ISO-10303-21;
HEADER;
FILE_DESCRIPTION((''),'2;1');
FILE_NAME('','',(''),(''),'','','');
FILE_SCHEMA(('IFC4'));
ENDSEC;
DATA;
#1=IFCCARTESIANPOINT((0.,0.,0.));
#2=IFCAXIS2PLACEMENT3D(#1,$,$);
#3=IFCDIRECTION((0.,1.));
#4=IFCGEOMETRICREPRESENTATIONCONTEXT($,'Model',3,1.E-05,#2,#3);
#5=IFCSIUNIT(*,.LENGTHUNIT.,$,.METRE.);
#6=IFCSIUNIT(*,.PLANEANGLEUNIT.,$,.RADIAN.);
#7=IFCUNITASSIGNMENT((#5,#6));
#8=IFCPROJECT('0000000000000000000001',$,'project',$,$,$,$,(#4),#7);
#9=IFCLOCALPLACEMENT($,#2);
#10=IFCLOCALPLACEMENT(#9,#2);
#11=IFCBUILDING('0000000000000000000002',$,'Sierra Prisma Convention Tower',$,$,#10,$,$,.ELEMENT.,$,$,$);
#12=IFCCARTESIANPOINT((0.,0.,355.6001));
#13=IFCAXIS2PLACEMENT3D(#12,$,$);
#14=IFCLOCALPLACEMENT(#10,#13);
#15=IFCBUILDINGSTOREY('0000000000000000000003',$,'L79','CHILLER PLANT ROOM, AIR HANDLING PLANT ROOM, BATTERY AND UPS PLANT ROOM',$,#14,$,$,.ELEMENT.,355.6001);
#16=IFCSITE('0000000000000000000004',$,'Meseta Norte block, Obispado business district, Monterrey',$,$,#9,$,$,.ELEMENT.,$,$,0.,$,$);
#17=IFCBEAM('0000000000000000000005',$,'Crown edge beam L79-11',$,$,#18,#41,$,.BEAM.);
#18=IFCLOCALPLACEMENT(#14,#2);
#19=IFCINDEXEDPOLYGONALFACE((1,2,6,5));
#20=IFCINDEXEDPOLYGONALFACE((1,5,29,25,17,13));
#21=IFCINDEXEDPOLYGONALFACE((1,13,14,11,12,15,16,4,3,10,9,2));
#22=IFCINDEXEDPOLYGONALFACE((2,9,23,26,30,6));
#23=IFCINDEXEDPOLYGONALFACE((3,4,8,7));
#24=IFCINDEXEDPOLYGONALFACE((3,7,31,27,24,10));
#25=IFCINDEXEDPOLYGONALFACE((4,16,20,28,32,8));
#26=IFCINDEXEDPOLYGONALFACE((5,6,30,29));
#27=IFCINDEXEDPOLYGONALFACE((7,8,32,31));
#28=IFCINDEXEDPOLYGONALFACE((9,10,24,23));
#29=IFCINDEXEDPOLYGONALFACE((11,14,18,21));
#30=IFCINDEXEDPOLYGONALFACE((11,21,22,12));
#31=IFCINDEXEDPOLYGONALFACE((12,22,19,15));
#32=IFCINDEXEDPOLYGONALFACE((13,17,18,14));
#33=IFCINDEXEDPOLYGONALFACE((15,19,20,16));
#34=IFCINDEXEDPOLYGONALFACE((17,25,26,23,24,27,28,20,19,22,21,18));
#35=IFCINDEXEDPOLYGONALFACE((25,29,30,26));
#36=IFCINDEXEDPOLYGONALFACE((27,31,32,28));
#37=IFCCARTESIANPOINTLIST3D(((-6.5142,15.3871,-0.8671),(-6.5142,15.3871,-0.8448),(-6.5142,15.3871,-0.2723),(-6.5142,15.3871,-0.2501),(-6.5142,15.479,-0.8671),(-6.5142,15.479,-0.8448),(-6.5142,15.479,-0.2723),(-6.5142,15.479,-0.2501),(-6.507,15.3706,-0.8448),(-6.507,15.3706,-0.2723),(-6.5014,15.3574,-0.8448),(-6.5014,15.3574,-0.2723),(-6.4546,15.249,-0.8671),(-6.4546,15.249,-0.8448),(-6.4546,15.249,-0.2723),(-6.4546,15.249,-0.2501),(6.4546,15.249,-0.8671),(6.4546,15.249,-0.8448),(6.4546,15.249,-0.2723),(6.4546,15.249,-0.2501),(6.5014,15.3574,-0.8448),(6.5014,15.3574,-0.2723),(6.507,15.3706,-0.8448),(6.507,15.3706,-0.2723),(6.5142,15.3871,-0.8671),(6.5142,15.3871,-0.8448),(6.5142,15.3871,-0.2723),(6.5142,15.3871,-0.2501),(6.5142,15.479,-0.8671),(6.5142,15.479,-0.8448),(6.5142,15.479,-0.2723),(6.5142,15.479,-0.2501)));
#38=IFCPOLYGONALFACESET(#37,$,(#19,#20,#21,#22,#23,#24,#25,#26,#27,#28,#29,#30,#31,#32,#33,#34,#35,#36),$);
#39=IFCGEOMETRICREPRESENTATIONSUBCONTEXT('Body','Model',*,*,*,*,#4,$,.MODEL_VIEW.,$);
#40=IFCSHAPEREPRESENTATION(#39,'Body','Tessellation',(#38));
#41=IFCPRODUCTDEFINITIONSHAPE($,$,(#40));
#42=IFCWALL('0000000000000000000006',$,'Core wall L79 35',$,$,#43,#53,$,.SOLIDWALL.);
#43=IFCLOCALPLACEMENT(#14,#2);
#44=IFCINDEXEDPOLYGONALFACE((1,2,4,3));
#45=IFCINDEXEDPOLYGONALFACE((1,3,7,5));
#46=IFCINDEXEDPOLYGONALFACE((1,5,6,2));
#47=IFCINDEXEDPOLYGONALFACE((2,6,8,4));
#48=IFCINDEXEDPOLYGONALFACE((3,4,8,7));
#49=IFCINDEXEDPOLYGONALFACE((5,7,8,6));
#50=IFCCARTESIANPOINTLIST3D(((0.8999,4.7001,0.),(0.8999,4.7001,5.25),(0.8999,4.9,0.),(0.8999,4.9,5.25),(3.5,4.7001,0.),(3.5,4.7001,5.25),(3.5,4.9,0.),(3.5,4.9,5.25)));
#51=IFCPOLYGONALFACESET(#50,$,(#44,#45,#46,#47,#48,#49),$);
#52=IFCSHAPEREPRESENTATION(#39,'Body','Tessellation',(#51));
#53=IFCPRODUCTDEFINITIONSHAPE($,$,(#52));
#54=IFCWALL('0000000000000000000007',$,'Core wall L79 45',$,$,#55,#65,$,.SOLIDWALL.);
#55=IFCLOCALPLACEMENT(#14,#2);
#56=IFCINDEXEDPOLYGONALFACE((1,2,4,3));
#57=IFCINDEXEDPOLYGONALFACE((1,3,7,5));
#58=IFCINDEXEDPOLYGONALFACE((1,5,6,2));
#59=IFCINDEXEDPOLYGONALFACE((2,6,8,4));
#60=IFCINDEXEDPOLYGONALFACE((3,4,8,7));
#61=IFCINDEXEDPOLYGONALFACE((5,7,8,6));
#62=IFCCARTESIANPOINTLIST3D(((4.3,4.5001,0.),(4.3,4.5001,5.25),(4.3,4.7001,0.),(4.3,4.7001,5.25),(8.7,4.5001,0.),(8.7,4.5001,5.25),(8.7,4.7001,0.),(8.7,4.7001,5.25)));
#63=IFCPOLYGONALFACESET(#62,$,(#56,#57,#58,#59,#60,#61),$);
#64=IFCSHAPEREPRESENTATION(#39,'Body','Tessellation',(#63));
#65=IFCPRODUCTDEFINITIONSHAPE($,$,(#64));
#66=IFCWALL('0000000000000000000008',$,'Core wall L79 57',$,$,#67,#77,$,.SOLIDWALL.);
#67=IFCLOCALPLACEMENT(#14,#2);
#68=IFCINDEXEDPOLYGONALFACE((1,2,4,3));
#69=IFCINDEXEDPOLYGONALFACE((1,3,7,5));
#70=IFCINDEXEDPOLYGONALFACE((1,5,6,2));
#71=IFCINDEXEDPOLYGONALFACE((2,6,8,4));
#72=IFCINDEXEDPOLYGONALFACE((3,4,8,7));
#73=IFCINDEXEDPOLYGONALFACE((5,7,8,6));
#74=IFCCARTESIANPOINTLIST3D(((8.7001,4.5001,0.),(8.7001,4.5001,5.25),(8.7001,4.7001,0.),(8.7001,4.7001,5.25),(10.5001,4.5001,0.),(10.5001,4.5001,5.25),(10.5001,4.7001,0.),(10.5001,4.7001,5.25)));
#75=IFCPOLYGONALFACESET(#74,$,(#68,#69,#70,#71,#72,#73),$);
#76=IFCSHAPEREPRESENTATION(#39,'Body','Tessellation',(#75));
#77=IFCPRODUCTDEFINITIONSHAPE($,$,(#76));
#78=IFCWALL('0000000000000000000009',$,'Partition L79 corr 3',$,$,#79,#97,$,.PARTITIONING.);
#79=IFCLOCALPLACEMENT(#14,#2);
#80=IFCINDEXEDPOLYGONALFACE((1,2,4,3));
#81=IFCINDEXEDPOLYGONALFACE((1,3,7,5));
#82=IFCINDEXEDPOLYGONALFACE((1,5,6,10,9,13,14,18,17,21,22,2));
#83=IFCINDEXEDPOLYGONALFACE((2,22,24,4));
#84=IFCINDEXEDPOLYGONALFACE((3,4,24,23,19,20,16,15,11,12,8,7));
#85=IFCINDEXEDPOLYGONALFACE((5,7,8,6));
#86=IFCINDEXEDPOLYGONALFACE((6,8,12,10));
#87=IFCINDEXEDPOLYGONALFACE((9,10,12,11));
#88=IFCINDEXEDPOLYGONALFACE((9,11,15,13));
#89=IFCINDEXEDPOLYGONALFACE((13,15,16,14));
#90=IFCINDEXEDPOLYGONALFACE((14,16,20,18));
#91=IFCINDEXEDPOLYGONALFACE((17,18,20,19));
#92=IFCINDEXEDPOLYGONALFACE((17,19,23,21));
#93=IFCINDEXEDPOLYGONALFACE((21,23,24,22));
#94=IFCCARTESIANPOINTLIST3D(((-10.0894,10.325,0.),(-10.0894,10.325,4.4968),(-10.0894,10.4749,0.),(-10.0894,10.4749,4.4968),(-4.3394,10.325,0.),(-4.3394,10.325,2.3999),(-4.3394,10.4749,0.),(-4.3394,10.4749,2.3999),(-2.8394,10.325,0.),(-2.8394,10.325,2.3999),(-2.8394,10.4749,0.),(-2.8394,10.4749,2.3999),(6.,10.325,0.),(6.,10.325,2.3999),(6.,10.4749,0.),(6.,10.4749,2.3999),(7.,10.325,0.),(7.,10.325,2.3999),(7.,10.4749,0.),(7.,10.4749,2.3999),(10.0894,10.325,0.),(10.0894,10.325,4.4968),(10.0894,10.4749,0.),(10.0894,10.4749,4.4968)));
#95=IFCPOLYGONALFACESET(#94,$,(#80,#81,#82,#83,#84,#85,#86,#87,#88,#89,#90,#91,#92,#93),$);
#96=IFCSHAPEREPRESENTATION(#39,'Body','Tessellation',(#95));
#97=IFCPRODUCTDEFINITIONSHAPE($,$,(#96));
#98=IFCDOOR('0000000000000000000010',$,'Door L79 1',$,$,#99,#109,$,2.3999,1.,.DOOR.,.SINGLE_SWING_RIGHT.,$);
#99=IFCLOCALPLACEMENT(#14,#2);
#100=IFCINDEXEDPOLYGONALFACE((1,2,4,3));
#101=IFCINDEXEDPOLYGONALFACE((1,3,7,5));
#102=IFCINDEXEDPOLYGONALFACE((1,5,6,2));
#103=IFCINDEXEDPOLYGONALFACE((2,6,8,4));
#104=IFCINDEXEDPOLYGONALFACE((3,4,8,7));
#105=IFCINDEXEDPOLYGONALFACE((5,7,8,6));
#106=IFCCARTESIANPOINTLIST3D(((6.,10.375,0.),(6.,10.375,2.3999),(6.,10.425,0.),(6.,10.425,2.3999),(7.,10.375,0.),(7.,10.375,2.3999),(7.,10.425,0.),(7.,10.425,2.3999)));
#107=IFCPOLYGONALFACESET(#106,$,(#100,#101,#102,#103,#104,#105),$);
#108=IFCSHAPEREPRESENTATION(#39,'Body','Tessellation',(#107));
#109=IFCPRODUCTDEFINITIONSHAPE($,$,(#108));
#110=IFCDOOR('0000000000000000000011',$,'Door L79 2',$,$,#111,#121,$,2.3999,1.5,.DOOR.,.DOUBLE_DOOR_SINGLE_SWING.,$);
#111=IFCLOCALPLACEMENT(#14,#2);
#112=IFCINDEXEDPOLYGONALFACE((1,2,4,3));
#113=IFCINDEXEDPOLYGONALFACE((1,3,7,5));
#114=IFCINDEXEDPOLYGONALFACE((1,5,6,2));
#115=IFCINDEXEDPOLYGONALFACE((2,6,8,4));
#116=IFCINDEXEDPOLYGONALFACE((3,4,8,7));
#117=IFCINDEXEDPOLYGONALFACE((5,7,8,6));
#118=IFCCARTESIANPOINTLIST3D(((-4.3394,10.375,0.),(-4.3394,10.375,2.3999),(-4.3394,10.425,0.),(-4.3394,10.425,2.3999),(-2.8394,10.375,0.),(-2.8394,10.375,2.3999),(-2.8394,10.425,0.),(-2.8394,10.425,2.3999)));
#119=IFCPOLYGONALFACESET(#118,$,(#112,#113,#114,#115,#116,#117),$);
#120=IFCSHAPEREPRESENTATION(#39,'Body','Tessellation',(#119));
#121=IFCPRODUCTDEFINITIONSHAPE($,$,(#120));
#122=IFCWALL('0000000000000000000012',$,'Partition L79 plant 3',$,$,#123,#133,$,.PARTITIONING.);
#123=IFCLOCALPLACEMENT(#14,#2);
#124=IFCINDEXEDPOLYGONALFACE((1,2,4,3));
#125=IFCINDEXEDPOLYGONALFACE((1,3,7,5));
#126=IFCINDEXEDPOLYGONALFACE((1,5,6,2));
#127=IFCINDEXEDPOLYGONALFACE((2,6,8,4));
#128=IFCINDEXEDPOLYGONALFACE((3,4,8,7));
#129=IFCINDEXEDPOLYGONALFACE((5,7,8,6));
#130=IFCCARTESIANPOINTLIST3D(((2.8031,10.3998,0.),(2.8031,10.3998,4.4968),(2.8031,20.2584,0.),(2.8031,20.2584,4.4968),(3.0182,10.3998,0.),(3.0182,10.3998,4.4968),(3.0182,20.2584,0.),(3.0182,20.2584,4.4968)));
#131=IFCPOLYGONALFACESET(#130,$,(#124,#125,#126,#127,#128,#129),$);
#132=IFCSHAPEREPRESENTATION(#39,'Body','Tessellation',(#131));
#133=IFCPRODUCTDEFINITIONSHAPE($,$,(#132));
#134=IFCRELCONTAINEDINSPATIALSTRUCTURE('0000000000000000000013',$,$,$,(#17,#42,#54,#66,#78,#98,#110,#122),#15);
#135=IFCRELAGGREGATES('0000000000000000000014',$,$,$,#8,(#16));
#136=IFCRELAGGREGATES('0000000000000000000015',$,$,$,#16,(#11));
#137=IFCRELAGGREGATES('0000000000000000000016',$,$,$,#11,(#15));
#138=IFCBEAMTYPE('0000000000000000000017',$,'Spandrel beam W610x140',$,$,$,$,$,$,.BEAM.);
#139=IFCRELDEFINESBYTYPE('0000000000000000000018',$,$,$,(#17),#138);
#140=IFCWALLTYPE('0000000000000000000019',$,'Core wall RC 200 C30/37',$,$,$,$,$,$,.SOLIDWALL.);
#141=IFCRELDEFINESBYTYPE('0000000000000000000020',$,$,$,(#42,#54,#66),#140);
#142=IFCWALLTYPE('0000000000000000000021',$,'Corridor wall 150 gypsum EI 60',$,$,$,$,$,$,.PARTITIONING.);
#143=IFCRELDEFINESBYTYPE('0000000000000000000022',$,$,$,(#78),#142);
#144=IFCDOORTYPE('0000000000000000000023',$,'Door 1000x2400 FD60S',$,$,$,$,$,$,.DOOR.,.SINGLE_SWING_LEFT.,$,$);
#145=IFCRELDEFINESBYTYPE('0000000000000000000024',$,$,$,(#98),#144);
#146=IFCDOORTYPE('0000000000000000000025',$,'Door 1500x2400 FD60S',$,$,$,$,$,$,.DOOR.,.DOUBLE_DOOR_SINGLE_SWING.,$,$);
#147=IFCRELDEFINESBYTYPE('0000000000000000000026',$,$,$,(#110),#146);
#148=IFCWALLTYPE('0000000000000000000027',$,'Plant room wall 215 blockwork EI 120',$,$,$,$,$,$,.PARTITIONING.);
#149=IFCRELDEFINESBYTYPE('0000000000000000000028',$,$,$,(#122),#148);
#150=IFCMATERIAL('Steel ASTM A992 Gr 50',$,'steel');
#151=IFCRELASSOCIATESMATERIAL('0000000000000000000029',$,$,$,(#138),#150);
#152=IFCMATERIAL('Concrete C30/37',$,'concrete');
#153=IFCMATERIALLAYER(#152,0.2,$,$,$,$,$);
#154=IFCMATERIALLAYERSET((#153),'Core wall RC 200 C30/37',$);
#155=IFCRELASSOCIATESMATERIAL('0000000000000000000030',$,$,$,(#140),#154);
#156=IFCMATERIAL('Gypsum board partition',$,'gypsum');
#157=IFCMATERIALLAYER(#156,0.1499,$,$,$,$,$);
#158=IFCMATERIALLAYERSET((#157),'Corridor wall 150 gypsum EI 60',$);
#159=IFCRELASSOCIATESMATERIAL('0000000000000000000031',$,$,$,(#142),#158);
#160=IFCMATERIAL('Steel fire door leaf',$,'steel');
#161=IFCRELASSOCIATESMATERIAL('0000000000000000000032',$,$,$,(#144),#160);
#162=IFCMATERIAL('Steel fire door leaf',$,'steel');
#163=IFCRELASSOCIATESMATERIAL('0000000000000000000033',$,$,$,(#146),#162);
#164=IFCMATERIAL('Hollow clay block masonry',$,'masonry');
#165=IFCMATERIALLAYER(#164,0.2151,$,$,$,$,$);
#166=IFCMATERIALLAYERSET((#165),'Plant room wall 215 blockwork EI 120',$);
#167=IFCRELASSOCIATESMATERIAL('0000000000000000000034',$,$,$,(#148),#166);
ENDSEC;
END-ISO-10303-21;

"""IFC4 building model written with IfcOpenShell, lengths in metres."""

from ifc_helpers import new_model, si_unit, direction, frame, frame_2d, origin, origin_2d, place, context, subcontext, project, spatial, rectangle, i_section, extrude, clip, halfspace, material, layer, layer_set, material_profile, profile_set, type_object, element, fill, save


model = new_model("IFC4")

# Units and contexts
model_context = context("Model", 3, precision=1e-05, world=origin(), true_north=direction((0.0, 1.0)))
body_context = subcontext(model_context, "Body", "Model", "MODEL_VIEW")
ifc_project = project(units=[si_unit("LENGTHUNIT", "METRE"), si_unit("PLANEANGLEUNIT", "RADIAN")], contexts=[model_context])

# Site, building, storey
site_placement = place(None, origin())
site = spatial("IfcSite", under=ifc_project, at=site_placement, Name="Meseta Norte block, Obispado business district, Monterrey", CompositionType="ELEMENT", RefElevation=0.0)
building_placement = place(site_placement, origin())
building = spatial("IfcBuilding", under=site, at=building_placement, Name="Sierra Prisma Convention Tower", CompositionType="ELEMENT")
storey_placement = place(building_placement, frame((0.0, 0.0, 355.6001)))
storey = spatial("IfcBuildingStorey", under=building, at=storey_placement, Name="L79", Description="CHILLER PLANT ROOM, AIR HANDLING PLANT ROOM, BATTERY AND UPS PLANT ROOM", CompositionType="ELEMENT", Elevation=355.6001)

# Beam
ifc_material_1 = material(Name="Steel ASTM A992 Gr 50", Category="steel")
ifc_material_profile_1 = material_profile(ifc_material_1, i_section(OverallWidth=0.23, OverallDepth=0.6169, WebThickness=0.0132, FlangeThickness=0.0222, at=origin_2d()), Name="W610x140")
ifc_profile_set_1 = profile_set([ifc_material_profile_1], Name="Steel ASTM A992 Gr 50")
beam_type_1 = type_object("IfcBeamType", Name="Spandrel beam W610x140", PredefinedType="BEAM", material=ifc_profile_set_1)
beam_1_placement = place(storey_placement, frame((6.5142, 15.364, -0.5586), z_axis=(-1.0, 0.0, 0.0), x_axis=(0.0, -1.0, 0.0)))
element("IfcBeam", 1, at=beam_1_placement, inside=storey, type_object=beam_type_1, Name="Crown edge beam L79-11", PredefinedType="BEAM", context=body_context, shape_type="SweptSolid", body=[
    clip(clip(extrude(i_section(OverallWidth=0.23, OverallDepth=0.6169, WebThickness=0.0132, FlangeThickness=0.0222, at=origin_2d()), origin(), (0.0, 0.0, 1.0), 13.0283), halfspace(frame((-0.0452, 0.0, -0.0095), z_axis=(-0.396132, 0.0, 0.918194), x_axis=(0.918194, 0.0, 0.396132)), True)), halfspace(frame((-0.0452, 0.0, 13.0378), z_axis=(-0.396132, 0.0, -0.918194), x_axis=(0.918194, 0.0, -0.396132)), True)),
])

# Wall
ifc_material_2 = material(Name="Concrete C30/37", Category="concrete")
ifc_layer_1 = layer(ifc_material_2, 0.2)
ifc_layer_set_1 = layer_set([ifc_layer_1], Name="Core wall RC 200 C30/37")
wall_type_1 = type_object("IfcWallType", Name="Core wall RC 200 C30/37", PredefinedType="SOLIDWALL", material=ifc_layer_set_1)
wall_1_placement = place(storey_placement, frame((3.5, 4.8, 0.0), z_axis=(0.0, 0.0, 1.0), x_axis=(-1.0, 0.0, 0.0)))
element("IfcWall", 2, at=wall_1_placement, inside=storey, type_object=wall_type_1, Name="Core wall L79 35", PredefinedType="SOLIDWALL", context=body_context, shape_type="SweptSolid", body=[
    extrude(rectangle(XDim=2.6001, YDim=0.2, at=frame_2d((1.3, 0.0))), origin(), (0.0, 0.0, 1.0), 5.25),
])

# Wall
wall_2_placement = place(storey_placement, frame((8.7, 4.6001, 0.0), z_axis=(0.0, 0.0, 1.0), x_axis=(-1.0, 0.0, 0.0)))
element("IfcWall", 3, at=wall_2_placement, inside=storey, type_object=wall_type_1, Name="Core wall L79 45", PredefinedType="SOLIDWALL", context=body_context, shape_type="SweptSolid", body=[
    extrude(rectangle(XDim=4.3999, YDim=0.2, at=frame_2d((2.2, 0.0))), origin(), (0.0, 0.0, 1.0), 5.25),
])

# Wall
wall_3_placement = place(storey_placement, frame((10.5, 4.6001, 0.0), z_axis=(0.0, 0.0, 1.0), x_axis=(-1.0, 0.0, 0.0)))
element("IfcWall", 4, at=wall_3_placement, inside=storey, type_object=wall_type_1, Name="Core wall L79 57", PredefinedType="SOLIDWALL", context=body_context, shape_type="SweptSolid", body=[
    extrude(rectangle(XDim=1.8, YDim=0.2, at=frame_2d((0.8999, 0.0))), origin(), (0.0, 0.0, 1.0), 5.25),
])

# Wall, openings, doors
ifc_material_3 = material(Name="Gypsum board partition", Category="gypsum")
ifc_layer_2 = layer(ifc_material_3, 0.1499)
ifc_layer_set_2 = layer_set([ifc_layer_2], Name="Corridor wall 150 gypsum EI 60")
wall_type_2 = type_object("IfcWallType", Name="Corridor wall 150 gypsum EI 60", PredefinedType="PARTITIONING", material=ifc_layer_set_2)
wall_4_placement = place(storey_placement, frame((10.0894, 10.3999, 0.0), z_axis=(0.0, 0.0, 1.0), x_axis=(-1.0, 0.0, 0.0)))
wall_4 = element("IfcWall", 5, at=wall_4_placement, inside=storey, type_object=wall_type_2, Name="Partition L79 corr 3", PredefinedType="PARTITIONING", context=body_context, shape_type="SweptSolid", body=[
    extrude(rectangle(XDim=20.1787, YDim=0.1499, at=frame_2d((10.0894, 0.0))), origin(), (0.0, 0.0, 1.0), 4.4968),
])
opening_1_placement = place(wall_4_placement, frame((3.0894, 0.0, 0.0)))
opening_1 = element("IfcOpeningElement", 6, at=opening_1_placement, cuts=wall_4, PredefinedType="OPENING", context=body_context, shape_type="SweptSolid", body=[
    extrude(rectangle(XDim=1.0, YDim=2.3999, at=frame_2d((0.5, 1.2))), frame((0.0, 0.075, 0.0), z_axis=(0.0, -1.0, 0.0), x_axis=(1.0, 0.0, 0.0)), (0.0, 0.0, 1.0), 0.1499),
])
opening_2_placement = place(wall_4_placement, frame((12.9287, 0.0, 0.0)))
opening_2 = element("IfcOpeningElement", 7, at=opening_2_placement, cuts=wall_4, PredefinedType="OPENING", context=body_context, shape_type="SweptSolid", body=[
    extrude(rectangle(XDim=1.5, YDim=2.3999, at=frame_2d((0.75, 1.2))), frame((0.0, 0.075, 0.0), z_axis=(0.0, -1.0, 0.0), x_axis=(1.0, 0.0, 0.0)), (0.0, 0.0, 1.0), 0.1499),
])
ifc_material_4 = material(Name="Steel fire door leaf", Category="steel")
door_type_1 = type_object("IfcDoorType", Name="Door 1000x2400 FD60S", OperationType="SINGLE_SWING_LEFT", PredefinedType="DOOR", material=ifc_material_4)
door_1_placement = place(opening_1_placement, origin())
door_1 = element("IfcDoor", 8, at=door_1_placement, inside=storey, type_object=door_type_1, Name="Door L79 1", OperationType="SINGLE_SWING_RIGHT", OverallHeight=2.3999, OverallWidth=1.0, PredefinedType="DOOR", context=body_context, shape_type="SweptSolid", body=[
    extrude(rectangle(XDim=1.0, YDim=2.3999, at=frame_2d((0.5, 1.2))), frame((0.0, 0.0249, 0.0), z_axis=(0.0, -1.0, 0.0), x_axis=(1.0, 0.0, 0.0)), (0.0, 0.0, 1.0), 0.05),
])
fill(opening_1, door_1)
ifc_material_5 = material(Name="Steel fire door leaf", Category="steel")
door_type_2 = type_object("IfcDoorType", Name="Door 1500x2400 FD60S", OperationType="DOUBLE_DOOR_SINGLE_SWING", PredefinedType="DOOR", material=ifc_material_5)
door_2_placement = place(opening_2_placement, origin())
door_2 = element("IfcDoor", 9, at=door_2_placement, inside=storey, type_object=door_type_2, Name="Door L79 2", OperationType="DOUBLE_DOOR_SINGLE_SWING", OverallHeight=2.3999, OverallWidth=1.5, PredefinedType="DOOR", context=body_context, shape_type="SweptSolid", body=[
    extrude(rectangle(XDim=1.5, YDim=2.3999, at=frame_2d((0.75, 1.2))), frame((0.0, 0.0249, 0.0), z_axis=(0.0, -1.0, 0.0), x_axis=(1.0, 0.0, 0.0)), (0.0, 0.0, 1.0), 0.05),
])
fill(opening_2, door_2)

# Wall
ifc_material_6 = material(Name="Hollow clay block masonry", Category="masonry")
ifc_layer_3 = layer(ifc_material_6, 0.2151)
ifc_layer_set_3 = layer_set([ifc_layer_3], Name="Plant room wall 215 blockwork EI 120")
wall_type_3 = type_object("IfcWallType", Name="Plant room wall 215 blockwork EI 120", PredefinedType="PARTITIONING", material=ifc_layer_set_3)
wall_5_placement = place(storey_placement, frame((2.9106, 10.3999, 0.0), z_axis=(0.0, 0.0, 1.0), x_axis=(0.0, 1.0, 0.0)))
element("IfcWall", 10, at=wall_5_placement, inside=storey, type_object=wall_type_3, Name="Partition L79 plant 3", PredefinedType="PARTITIONING", context=body_context, shape_type="SweptSolid", body=[
    extrude(rectangle(XDim=9.8586, YDim=0.2151, at=frame_2d((4.9292, 0.0))), origin(), (0.0, 0.0, 1.0), 4.4968),
])

save(model, "model.ifc")
